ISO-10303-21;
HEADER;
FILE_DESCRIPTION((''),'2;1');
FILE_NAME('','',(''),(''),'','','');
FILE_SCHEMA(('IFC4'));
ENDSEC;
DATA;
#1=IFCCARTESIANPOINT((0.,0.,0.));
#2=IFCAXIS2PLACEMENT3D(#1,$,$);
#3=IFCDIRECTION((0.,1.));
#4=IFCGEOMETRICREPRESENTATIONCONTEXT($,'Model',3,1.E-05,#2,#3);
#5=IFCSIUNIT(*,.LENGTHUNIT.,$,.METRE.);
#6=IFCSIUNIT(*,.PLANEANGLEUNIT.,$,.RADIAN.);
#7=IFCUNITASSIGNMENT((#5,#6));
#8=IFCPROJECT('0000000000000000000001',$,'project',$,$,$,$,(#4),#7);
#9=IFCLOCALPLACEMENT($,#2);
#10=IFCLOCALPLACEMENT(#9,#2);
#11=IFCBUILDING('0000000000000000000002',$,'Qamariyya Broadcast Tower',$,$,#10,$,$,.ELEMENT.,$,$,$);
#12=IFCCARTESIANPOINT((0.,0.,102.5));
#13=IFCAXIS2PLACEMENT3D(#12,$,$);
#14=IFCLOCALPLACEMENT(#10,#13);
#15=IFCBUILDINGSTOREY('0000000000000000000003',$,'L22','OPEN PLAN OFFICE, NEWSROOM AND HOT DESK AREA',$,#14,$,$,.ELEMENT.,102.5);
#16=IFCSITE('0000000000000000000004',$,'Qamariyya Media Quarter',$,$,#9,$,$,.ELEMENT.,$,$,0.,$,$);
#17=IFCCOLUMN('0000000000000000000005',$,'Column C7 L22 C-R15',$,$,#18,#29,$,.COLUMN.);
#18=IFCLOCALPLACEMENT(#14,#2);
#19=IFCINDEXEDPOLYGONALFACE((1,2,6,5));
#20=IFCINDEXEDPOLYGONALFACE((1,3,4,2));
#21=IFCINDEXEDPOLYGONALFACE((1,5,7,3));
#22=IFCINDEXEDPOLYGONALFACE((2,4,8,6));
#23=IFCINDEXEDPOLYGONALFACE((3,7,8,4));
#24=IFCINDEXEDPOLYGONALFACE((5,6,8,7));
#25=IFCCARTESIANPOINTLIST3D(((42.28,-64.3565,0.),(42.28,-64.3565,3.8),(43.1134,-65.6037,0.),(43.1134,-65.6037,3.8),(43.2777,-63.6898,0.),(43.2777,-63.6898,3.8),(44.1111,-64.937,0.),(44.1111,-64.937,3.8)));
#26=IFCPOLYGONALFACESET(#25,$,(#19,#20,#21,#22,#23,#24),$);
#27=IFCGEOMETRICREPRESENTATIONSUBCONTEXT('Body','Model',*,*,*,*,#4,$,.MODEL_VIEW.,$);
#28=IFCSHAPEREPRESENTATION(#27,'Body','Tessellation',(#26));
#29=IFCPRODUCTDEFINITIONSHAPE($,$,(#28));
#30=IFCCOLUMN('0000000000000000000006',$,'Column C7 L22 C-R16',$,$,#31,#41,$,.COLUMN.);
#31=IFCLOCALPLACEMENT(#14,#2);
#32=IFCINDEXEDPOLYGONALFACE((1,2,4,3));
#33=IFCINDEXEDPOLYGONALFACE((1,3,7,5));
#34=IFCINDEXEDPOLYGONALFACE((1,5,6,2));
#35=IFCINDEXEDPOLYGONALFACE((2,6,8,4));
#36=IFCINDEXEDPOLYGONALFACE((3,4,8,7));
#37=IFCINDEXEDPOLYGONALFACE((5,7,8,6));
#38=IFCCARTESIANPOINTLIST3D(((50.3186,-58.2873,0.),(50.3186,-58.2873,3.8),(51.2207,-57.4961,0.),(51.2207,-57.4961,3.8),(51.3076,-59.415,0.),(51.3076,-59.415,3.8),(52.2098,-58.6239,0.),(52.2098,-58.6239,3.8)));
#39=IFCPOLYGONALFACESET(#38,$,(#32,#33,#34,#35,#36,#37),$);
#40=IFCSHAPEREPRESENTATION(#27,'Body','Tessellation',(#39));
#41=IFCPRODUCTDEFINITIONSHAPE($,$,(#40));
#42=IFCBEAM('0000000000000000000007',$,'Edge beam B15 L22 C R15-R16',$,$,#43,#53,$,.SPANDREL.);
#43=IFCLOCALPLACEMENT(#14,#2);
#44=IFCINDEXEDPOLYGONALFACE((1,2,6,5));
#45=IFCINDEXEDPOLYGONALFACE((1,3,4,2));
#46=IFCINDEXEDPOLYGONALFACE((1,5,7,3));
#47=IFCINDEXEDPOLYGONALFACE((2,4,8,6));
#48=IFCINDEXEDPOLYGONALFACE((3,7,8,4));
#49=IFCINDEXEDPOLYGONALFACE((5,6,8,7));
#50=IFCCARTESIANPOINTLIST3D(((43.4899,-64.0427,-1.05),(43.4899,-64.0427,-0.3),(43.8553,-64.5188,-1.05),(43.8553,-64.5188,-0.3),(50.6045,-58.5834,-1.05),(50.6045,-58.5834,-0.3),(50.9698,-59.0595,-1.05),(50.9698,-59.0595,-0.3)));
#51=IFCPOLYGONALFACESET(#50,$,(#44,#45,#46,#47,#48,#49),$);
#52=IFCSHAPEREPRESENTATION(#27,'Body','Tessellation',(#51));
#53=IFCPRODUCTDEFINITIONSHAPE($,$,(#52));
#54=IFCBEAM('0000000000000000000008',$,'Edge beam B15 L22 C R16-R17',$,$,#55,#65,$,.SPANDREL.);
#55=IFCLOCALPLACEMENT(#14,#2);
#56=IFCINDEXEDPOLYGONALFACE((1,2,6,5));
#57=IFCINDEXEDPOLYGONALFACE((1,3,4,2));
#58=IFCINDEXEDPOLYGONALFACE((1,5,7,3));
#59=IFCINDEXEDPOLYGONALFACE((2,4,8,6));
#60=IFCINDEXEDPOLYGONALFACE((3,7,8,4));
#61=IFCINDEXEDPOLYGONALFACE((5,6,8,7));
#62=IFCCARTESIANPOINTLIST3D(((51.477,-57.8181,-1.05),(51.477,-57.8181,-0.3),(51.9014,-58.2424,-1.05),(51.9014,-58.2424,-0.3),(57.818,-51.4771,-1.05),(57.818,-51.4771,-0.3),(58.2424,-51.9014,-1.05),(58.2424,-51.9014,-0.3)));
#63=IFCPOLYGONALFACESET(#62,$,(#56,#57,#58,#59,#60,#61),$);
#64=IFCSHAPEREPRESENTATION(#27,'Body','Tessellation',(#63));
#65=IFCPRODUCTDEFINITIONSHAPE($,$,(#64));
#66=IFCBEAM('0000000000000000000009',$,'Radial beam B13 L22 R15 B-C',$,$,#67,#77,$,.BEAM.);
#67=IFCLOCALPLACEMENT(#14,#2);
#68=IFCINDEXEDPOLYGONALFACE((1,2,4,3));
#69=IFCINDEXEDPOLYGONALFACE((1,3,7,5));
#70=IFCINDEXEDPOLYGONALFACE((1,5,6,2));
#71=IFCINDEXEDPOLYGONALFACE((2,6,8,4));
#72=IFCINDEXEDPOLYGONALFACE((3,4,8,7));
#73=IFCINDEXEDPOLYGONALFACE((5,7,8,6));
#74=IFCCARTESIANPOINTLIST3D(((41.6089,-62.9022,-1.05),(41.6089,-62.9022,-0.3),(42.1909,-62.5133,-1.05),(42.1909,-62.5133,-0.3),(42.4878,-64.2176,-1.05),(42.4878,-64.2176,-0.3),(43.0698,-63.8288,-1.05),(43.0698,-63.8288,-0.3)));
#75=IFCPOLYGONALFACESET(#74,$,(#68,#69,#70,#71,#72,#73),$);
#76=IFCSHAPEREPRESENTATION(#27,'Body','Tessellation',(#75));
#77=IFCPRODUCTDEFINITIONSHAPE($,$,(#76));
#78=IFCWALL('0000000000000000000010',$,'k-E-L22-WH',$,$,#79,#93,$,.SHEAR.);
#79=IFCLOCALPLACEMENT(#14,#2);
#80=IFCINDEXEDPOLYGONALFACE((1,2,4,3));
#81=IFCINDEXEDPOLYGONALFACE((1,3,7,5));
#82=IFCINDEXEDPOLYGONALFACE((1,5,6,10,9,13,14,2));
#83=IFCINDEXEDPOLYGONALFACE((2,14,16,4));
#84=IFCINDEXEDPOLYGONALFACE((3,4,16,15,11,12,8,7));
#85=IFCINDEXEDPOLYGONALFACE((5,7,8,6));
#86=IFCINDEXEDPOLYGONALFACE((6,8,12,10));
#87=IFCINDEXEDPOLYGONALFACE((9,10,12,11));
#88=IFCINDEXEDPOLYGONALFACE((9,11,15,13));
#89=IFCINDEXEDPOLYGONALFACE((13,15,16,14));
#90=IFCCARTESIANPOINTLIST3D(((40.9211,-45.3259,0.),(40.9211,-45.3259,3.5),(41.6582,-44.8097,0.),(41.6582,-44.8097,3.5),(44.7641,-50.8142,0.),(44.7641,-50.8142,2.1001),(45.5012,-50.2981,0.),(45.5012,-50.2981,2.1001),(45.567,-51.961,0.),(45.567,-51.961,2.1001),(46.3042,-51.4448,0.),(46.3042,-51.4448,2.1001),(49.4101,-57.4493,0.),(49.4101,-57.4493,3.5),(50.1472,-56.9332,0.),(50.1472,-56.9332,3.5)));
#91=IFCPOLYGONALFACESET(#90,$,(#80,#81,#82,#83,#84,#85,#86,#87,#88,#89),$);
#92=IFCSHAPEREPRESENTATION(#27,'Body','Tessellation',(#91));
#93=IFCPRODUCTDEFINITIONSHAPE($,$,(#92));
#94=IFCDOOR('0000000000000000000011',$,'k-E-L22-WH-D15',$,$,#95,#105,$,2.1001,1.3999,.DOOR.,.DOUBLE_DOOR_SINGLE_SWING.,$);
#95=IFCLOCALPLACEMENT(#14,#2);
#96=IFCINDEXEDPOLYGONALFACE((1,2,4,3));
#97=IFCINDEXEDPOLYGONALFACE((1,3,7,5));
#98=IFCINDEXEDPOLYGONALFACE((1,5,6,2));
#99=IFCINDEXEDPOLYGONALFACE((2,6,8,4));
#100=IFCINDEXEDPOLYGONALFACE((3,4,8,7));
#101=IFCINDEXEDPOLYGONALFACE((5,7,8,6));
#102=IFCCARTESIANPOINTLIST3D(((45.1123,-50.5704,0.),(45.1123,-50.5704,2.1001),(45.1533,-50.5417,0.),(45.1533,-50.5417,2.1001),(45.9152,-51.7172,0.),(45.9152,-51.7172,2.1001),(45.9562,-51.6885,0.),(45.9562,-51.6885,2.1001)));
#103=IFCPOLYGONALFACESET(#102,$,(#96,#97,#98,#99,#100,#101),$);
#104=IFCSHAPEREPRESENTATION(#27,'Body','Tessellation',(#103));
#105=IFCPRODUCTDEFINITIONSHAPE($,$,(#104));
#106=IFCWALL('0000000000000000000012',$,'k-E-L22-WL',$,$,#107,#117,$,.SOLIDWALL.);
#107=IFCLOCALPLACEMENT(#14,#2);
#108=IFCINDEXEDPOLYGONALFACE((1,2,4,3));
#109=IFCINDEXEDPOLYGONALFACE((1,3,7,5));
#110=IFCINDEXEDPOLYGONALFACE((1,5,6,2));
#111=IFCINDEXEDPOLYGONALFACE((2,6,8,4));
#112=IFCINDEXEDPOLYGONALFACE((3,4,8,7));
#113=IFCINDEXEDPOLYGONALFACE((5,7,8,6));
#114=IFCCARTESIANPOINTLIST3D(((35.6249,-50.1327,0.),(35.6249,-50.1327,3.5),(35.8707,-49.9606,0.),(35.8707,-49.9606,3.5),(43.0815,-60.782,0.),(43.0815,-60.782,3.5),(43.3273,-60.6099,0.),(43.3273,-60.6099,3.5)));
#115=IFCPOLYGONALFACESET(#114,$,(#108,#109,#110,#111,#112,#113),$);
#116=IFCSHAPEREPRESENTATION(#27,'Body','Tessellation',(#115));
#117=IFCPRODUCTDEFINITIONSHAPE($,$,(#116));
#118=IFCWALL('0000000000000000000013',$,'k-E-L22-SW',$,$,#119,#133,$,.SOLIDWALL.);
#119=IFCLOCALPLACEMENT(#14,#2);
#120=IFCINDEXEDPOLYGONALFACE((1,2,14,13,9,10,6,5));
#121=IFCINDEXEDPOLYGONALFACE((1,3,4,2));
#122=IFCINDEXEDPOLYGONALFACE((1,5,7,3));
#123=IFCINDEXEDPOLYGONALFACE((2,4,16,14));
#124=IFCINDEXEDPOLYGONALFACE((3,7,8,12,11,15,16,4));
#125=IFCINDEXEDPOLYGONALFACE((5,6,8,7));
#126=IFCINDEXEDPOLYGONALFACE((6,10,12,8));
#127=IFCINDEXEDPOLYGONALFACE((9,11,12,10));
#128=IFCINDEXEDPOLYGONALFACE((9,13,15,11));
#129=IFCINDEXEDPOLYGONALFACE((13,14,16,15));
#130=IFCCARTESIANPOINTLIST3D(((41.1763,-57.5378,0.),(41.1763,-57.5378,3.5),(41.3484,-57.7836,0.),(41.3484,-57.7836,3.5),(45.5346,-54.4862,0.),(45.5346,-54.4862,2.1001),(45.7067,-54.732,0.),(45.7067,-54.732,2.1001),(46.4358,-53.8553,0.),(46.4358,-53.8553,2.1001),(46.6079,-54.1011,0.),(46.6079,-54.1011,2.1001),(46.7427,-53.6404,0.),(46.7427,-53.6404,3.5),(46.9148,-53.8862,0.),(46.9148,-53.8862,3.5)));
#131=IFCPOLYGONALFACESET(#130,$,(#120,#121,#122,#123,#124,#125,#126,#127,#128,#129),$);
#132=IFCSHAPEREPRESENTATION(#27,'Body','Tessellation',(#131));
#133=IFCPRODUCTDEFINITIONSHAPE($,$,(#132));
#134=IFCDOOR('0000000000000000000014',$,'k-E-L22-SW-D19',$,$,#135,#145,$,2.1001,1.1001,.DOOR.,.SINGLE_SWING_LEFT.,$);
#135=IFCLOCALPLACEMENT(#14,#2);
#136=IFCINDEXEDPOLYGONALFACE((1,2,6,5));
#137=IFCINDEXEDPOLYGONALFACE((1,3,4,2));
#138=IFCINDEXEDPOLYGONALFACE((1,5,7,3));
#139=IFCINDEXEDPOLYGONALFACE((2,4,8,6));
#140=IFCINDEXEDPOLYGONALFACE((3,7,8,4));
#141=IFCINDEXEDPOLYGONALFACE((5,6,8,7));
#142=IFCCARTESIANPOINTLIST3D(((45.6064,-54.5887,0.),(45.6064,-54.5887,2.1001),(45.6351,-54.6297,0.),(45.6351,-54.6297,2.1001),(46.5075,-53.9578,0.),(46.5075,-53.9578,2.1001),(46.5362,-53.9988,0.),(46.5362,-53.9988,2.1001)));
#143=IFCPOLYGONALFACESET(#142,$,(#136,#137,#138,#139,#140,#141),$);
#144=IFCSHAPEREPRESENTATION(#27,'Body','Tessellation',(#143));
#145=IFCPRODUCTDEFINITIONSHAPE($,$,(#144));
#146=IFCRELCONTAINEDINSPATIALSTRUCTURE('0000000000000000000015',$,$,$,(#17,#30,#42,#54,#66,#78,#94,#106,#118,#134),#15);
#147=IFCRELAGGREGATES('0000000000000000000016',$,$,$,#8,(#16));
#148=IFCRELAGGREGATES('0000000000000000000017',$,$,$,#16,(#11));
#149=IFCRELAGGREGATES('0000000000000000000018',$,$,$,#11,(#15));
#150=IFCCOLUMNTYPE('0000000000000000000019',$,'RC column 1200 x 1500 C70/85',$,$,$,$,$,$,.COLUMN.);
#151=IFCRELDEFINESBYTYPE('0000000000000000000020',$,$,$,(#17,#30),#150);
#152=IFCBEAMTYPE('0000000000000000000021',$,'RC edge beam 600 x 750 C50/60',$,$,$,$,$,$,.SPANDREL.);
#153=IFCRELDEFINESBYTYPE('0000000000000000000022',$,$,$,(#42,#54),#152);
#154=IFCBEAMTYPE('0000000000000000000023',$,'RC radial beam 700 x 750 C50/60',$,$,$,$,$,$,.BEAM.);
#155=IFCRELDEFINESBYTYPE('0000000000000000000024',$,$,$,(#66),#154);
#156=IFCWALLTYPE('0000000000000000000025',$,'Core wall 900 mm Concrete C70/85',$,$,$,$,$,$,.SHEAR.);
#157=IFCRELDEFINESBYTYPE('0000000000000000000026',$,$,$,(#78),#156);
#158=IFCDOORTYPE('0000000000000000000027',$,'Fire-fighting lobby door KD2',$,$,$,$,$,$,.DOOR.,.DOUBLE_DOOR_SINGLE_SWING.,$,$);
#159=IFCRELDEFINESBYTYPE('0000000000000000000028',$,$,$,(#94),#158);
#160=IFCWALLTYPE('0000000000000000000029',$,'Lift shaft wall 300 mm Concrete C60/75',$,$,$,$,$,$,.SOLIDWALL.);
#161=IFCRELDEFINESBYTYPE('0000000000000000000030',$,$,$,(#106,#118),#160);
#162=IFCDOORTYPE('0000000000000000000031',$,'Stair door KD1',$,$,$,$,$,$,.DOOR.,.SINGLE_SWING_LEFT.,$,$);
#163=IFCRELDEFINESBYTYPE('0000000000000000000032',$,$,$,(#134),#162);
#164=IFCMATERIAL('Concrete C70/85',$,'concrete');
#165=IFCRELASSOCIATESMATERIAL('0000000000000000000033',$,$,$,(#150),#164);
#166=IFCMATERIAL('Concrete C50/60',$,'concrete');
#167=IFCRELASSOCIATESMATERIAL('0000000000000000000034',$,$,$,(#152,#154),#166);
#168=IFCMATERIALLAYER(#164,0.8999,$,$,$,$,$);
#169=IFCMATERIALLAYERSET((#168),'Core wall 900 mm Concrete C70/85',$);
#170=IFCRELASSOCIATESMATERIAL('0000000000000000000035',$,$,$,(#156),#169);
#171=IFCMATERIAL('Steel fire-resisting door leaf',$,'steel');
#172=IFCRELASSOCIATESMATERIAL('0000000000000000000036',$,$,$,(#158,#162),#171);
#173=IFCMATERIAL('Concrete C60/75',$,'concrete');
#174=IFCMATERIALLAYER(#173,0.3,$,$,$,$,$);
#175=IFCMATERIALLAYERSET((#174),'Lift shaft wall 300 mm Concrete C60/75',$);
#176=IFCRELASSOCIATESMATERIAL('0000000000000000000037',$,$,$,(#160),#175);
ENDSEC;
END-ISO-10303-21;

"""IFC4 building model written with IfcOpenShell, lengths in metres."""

from ifc_helpers import new_model, si_unit, direction, frame, frame_2d, origin, origin_2d, place, context, subcontext, project, spatial, rectangle, extrude, material, layer, layer_set, material_profile, profile_set, type_object, element, fill, save


model = new_model("IFC4")

# Units and contexts
model_context = context("Model", 3, precision=1e-05, world=origin(), true_north=direction((0.0, 1.0)))
body_context = subcontext(model_context, "Body", "Model", "MODEL_VIEW")
ifc_project = project(units=[si_unit("LENGTHUNIT", "METRE"), si_unit("PLANEANGLEUNIT", "RADIAN")], contexts=[model_context])

# Site, building, storey
site_placement = place(None, origin())
site = spatial("IfcSite", under=ifc_project, at=site_placement, Name="Qamariyya Media Quarter", CompositionType="ELEMENT", RefElevation=0.0)
building_placement = place(site_placement, origin())
building = spatial("IfcBuilding", under=site, at=building_placement, Name="Qamariyya Broadcast Tower", CompositionType="ELEMENT")
storey_placement = place(building_placement, frame((0.0, 0.0, 102.5)))
storey = spatial("IfcBuildingStorey", under=building, at=storey_placement, Name="L22", Description="OPEN PLAN OFFICE, NEWSROOM AND HOT DESK AREA", CompositionType="ELEMENT", Elevation=102.5)

# Columns
ifc_material_1 = material(Name="Concrete C70/85", Category="concrete")
ifc_material_profile_1 = material_profile(ifc_material_1, rectangle(XDim=1.2, YDim=1.5, at=origin_2d()))
ifc_profile_set_1 = profile_set([ifc_material_profile_1], Name="Concrete C70/85")
column_type = type_object("IfcColumnType", Name="RC column 1200 x 1500 C70/85", PredefinedType="COLUMN", material=ifc_profile_set_1)
for number, where, z_axis, x_axis, name in (
    (1, (43.1956, -64.6467, 0.0), (0.0, 0.0, 1.0), (0.83147, 0.55557, 0.0), "Column C7 L22 C-R15"),
    (2, (51.2642, -58.4556, 0.0), (0.0, 0.0, 1.0), (0.75184, 0.659346, 0.0), "Column C7 L22 C-R16"),
):
    element("IfcColumn", number, at=place(storey_placement, frame(where, z_axis=z_axis, x_axis=x_axis)), inside=storey, type_object=column_type, Name=name, PredefinedType="COLUMN", context=body_context, shape_type="SweptSolid", body=[
        extrude(rectangle(XDim=1.2, YDim=1.5, at=origin_2d()), origin(), (0.0, 0.0, 1.0), 3.8),
    ])

# Beams
ifc_material_2 = material(Name="Concrete C50/60", Category="concrete")
ifc_material_profile_2 = material_profile(ifc_material_2, rectangle(XDim=0.6001, YDim=0.75, at=origin_2d()))
ifc_profile_set_2 = profile_set([ifc_material_profile_2], Name="Concrete C50/60")
beam_type_1 = type_object("IfcBeamType", Name="RC edge beam 600 x 750 C50/60", PredefinedType="SPANDREL", material=ifc_profile_set_2)
beam_1_placement = place(storey_placement, frame((43.6726, -64.2808, -0.675), z_axis=(0.793349, 0.608767, 0.0), x_axis=(-0.608767, 0.793349, 0.0)))
element("IfcBeam", 3, at=beam_1_placement, inside=storey, type_object=beam_type_1, Name="Edge beam B15 L22 C R15-R16", PredefinedType="SPANDREL", context=body_context, shape_type="SweptSolid", body=[
    extrude(rectangle(XDim=0.6001, YDim=0.75, at=origin_2d()), origin(), (0.0, 0.0, 1.0), 8.9678),
])
beam_2_placement = place(storey_placement, frame((51.6892, -58.0303, -0.675), z_axis=(0.707107, 0.707107, 0.0), x_axis=(-0.707107, 0.707107, 0.0)))
element("IfcBeam", 4, at=beam_2_placement, inside=storey, type_object=beam_type_1, Name="Edge beam B15 L22 C R16-R17", PredefinedType="SPANDREL", context=body_context, shape_type="SweptSolid", body=[
    extrude(rectangle(XDim=0.6001, YDim=0.75, at=origin_2d()), origin(), (0.0, 0.0, 1.0), 8.9675),
])
ifc_material_profile_3 = material_profile(ifc_material_2, rectangle(XDim=0.7, YDim=0.75, at=origin_2d()))
ifc_profile_set_3 = profile_set([ifc_material_profile_3], Name="Concrete C50/60")
beam_type_2 = type_object("IfcBeamType", Name="RC radial beam 700 x 750 C50/60", PredefinedType="BEAM", material=ifc_profile_set_3)
beam_3_placement = place(storey_placement, frame((41.8999, -62.7078, -0.675), z_axis=(0.555555, -0.83148, 0.0), x_axis=(0.83148, 0.555555, 0.0)))
element("IfcBeam", 5, at=beam_3_placement, inside=storey, type_object=beam_type_2, Name="Radial beam B13 L22 R15 B-C", PredefinedType="BEAM", context=body_context, shape_type="SweptSolid", body=[
    extrude(rectangle(XDim=0.7, YDim=0.75, at=origin_2d()), origin(), (0.0, 0.0, 1.0), 1.582),
])

# Wall, opening, door
ifc_layer_1 = layer(ifc_material_1, 0.8999)
ifc_layer_set_1 = layer_set([ifc_layer_1], Name="Core wall 900 mm Concrete C70/85")
wall_type_1 = type_object("IfcWallType", Name="Core wall 900 mm Concrete C70/85", PredefinedType="SHEAR", material=ifc_layer_set_1)
wall_1_placement = place(storey_placement, frame((49.7786, -57.1912, 0.0), z_axis=(0.0, 0.0, 1.0), x_axis=(-0.573577, 0.819151, 0.0)))
wall_1 = element("IfcWall", 6, at=wall_1_placement, inside=storey, type_object=wall_type_1, Name="k-E-L22-WH", PredefinedType="SHEAR", context=body_context, shape_type="SweptSolid", body=[
    extrude(rectangle(XDim=14.8, YDim=0.8999, at=frame_2d((7.3999, 0.0))), origin(), (0.0, 0.0, 1.0), 3.5),
])
opening_1_placement = place(wall_1_placement, frame((6.7, 0.0, 0.0)))
opening_1 = element("IfcOpeningElement", 7, at=opening_1_placement, cuts=wall_1, PredefinedType="OPENING", context=body_context, shape_type="SweptSolid", body=[
    extrude(rectangle(XDim=1.3999, YDim=2.1001, at=frame_2d((0.7, 1.05))), frame((0.0, 0.46, 0.0), z_axis=(0.0, -1.0, 0.0), x_axis=(1.0, 0.0, 0.0)), (0.0, 0.0, 1.0), 0.9199),
])
ifc_material_3 = material(Name="Steel fire-resisting door leaf", Category="steel")
door_type_1 = type_object("IfcDoorType", Name="Fire-fighting lobby door KD2", OperationType="DOUBLE_DOOR_SINGLE_SWING", PredefinedType="DOOR", material=ifc_material_3)
door_1_placement = place(opening_1_placement, origin())
door_1 = element("IfcDoor", 8, at=door_1_placement, inside=storey, type_object=door_type_1, Name="k-E-L22-WH-D15", OperationType="DOUBLE_DOOR_SINGLE_SWING", OverallHeight=2.1001, OverallWidth=1.3999, PredefinedType="DOOR", context=body_context, shape_type="SweptSolid", body=[
    extrude(rectangle(XDim=1.3999, YDim=2.1001, at=frame_2d((0.7, 1.05))), frame((0.0, 0.0249, 0.0), z_axis=(0.0, -1.0, 0.0), x_axis=(1.0, 0.0, 0.0)), (0.0, 0.0, 1.0), 0.05),
])
fill(opening_1, door_1)

# Wall
ifc_material_4 = material(Name="Concrete C60/75", Category="concrete")
ifc_layer_2 = layer(ifc_material_4, 0.3)
ifc_layer_set_2 = layer_set([ifc_layer_2], Name="Lift shaft wall 300 mm Concrete C60/75")
wall_type_2 = type_object("IfcWallType", Name="Lift shaft wall 300 mm Concrete C60/75", PredefinedType="SOLIDWALL", material=ifc_layer_set_2)
wall_2_placement = place(storey_placement, frame((43.2043, -60.6958, 0.0), z_axis=(0.0, 0.0, 1.0), x_axis=(-0.573572, 0.819155, 0.0)))
element("IfcWall", 9, at=wall_2_placement, inside=storey, type_object=wall_type_2, Name="k-E-L22-WL", PredefinedType="SOLIDWALL", context=body_context, shape_type="SweptSolid", body=[
    extrude(rectangle(XDim=13.0002, YDim=0.3, at=frame_2d((6.5, 0.0))), origin(), (0.0, 0.0, 1.0), 3.5),
])

# Wall, opening, door
wall_3_placement = place(storey_placement, frame((41.2625, -57.6606, 0.0), z_axis=(0.0, 0.0, 1.0), x_axis=(0.819164, 0.573559, 0.0)))
wall_3 = element("IfcWall", 10, at=wall_3_placement, inside=storey, type_object=wall_type_2, Name="k-E-L22-SW", PredefinedType="SOLIDWALL", context=body_context, shape_type="SweptSolid", body=[
    extrude(rectangle(XDim=6.7952, YDim=0.3, at=frame_2d((3.3975, 0.0))), origin(), (0.0, 0.0, 1.0), 3.5),
])
opening_2_placement = place(wall_3_placement, frame((5.3203, 0.0, 0.0)))
opening_2 = element("IfcOpeningElement", 11, at=opening_2_placement, cuts=wall_3, PredefinedType="OPENING", context=body_context, shape_type="SweptSolid", body=[
    extrude(rectangle(XDim=1.1001, YDim=2.1001, at=frame_2d((0.55, 1.05))), frame((0.0, 0.1599, 0.0), z_axis=(0.0, -1.0, 0.0), x_axis=(1.0, 0.0, 0.0)), (0.0, 0.0, 1.0), 0.3201),
])
door_type_2 = type_object("IfcDoorType", Name="Stair door KD1", OperationType="SINGLE_SWING_LEFT", PredefinedType="DOOR", material=ifc_material_3)
door_2_placement = place(opening_2_placement, origin())
door_2 = element("IfcDoor", 12, at=door_2_placement, inside=storey, type_object=door_type_2, Name="k-E-L22-SW-D19", OperationType="SINGLE_SWING_LEFT", OverallHeight=2.1001, OverallWidth=1.1001, PredefinedType="DOOR", context=body_context, shape_type="SweptSolid", body=[
    extrude(rectangle(XDim=1.1001, YDim=2.1001, at=frame_2d((0.55, 1.05))), frame((0.0, 0.0249, 0.0), z_axis=(0.0, -1.0, 0.0), x_axis=(1.0, 0.0, 0.0)), (0.0, 0.0, 1.0), 0.05),
])
fill(opening_2, door_2)

save(model, "model.ifc")
